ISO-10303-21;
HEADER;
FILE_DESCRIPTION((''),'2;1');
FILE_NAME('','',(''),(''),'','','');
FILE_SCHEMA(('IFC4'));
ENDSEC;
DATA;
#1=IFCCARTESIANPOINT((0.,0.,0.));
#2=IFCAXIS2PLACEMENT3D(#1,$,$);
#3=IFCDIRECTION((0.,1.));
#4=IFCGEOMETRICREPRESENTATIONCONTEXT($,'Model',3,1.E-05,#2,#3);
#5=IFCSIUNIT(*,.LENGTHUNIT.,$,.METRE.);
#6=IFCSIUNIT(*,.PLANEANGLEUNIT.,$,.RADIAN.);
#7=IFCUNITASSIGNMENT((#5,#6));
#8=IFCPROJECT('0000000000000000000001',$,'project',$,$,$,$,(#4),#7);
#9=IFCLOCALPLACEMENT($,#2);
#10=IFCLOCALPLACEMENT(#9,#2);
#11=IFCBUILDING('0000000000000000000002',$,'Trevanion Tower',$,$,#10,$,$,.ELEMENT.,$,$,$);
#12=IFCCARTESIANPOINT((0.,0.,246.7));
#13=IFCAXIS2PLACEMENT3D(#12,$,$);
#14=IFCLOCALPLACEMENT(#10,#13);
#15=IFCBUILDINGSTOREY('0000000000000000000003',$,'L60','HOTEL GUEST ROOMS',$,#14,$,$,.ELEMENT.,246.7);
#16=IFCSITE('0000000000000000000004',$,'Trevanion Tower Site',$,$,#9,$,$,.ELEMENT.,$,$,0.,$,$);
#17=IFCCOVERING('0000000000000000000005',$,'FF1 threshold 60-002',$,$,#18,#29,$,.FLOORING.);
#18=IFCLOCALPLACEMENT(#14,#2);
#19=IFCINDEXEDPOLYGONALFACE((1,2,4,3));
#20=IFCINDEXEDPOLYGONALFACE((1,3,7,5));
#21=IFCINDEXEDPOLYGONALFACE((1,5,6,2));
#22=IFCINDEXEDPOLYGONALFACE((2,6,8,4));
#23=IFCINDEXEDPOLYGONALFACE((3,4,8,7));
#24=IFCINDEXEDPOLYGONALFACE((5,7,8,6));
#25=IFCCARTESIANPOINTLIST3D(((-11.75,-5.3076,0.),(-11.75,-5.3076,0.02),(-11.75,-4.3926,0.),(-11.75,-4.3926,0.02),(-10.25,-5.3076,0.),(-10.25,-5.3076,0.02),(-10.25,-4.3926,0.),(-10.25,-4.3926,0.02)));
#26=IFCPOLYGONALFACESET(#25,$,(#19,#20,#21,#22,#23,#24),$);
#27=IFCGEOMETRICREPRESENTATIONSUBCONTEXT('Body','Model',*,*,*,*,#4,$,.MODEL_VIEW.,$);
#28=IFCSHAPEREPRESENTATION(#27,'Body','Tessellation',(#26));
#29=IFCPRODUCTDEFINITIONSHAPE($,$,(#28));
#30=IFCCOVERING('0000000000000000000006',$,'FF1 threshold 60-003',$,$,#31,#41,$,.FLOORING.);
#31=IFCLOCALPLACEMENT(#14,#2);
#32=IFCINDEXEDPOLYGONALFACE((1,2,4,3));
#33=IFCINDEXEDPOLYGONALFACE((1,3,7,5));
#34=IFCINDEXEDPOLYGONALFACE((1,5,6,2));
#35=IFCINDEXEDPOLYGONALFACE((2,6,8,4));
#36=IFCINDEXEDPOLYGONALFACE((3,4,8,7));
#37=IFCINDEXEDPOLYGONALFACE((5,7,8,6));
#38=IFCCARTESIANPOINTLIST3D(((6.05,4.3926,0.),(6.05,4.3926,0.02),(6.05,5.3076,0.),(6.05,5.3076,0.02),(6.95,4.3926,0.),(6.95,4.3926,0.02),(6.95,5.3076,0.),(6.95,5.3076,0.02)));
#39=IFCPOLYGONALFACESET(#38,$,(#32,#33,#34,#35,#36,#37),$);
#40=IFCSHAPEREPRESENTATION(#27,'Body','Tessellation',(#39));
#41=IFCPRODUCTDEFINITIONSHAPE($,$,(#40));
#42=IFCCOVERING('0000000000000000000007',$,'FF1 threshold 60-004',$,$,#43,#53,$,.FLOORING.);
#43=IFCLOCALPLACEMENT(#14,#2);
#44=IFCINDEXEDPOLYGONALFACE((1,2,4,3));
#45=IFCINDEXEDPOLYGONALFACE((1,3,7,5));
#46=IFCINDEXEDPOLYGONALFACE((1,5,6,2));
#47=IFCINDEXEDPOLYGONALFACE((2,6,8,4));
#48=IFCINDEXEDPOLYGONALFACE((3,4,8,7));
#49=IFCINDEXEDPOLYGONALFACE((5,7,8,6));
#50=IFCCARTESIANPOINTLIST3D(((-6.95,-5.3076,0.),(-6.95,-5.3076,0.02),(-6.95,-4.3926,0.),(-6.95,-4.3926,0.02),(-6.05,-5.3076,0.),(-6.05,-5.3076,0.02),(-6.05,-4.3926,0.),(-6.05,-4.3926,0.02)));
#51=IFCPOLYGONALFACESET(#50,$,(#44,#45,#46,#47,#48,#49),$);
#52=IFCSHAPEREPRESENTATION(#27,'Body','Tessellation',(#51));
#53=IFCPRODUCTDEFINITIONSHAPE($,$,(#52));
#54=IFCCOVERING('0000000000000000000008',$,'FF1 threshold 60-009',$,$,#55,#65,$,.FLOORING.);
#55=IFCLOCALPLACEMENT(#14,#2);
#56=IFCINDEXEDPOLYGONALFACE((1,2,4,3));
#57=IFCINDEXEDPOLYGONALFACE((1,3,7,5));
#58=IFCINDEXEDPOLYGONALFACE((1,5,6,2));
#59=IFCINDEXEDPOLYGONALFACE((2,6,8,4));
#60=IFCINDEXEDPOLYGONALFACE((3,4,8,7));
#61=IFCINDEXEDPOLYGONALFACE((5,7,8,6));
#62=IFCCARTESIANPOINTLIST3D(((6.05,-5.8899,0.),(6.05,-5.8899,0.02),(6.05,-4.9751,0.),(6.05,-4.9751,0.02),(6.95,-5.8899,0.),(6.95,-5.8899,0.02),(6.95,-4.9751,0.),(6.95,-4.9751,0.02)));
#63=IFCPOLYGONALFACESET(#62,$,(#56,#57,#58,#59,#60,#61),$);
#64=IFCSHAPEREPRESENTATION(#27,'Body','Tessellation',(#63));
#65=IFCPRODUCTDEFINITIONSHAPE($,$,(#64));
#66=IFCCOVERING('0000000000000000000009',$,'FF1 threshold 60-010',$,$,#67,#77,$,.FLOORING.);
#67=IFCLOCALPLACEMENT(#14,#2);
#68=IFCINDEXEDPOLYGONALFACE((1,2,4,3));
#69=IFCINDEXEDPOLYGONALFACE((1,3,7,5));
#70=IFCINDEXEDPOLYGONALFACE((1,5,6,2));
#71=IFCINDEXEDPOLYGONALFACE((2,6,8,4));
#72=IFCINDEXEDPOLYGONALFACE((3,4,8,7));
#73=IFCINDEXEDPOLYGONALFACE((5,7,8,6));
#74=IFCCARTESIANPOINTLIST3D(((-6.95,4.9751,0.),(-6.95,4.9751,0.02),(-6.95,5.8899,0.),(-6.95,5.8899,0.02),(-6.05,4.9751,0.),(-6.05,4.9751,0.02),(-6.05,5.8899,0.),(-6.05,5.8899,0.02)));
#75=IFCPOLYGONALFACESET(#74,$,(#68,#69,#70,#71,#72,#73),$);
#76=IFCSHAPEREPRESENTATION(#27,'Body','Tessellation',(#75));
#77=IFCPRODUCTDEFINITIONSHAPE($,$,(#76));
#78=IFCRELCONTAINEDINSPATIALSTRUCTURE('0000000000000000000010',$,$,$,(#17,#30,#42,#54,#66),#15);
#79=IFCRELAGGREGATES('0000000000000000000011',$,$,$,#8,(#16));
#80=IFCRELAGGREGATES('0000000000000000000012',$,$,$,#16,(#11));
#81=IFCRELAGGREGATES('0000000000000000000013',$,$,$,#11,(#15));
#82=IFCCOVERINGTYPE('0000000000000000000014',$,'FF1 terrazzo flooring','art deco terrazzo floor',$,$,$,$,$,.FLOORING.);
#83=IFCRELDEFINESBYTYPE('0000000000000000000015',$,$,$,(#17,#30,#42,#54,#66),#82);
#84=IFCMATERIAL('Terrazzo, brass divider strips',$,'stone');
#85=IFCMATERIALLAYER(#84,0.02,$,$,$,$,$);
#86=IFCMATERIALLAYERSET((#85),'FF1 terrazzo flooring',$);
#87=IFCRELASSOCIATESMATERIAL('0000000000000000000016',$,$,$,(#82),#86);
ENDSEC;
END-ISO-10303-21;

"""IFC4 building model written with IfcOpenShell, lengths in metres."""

from ifc_helpers import new_model, si_unit, direction, frame, origin, place, context, subcontext, project, spatial, polyline, outline, extrude, material, layer, layer_set, type_object, element, save


model = new_model("IFC4")

# Units and contexts
model_context = context("Model", 3, precision=1e-05, world=origin(), true_north=direction((0.0, 1.0)))
body_context = subcontext(model_context, "Body", "Model", "MODEL_VIEW")
ifc_project = project(units=[si_unit("LENGTHUNIT", "METRE"), si_unit("PLANEANGLEUNIT", "RADIAN")], contexts=[model_context])

# Site, building, storey
site_placement = place(None, origin())
site = spatial("IfcSite", under=ifc_project, at=site_placement, Name="Trevanion Tower Site", CompositionType="ELEMENT", RefElevation=0.0)
building_placement = place(site_placement, origin())
building = spatial("IfcBuilding", under=site, at=building_placement, Name="Trevanion Tower", CompositionType="ELEMENT")
storey_placement = place(building_placement, frame((0.0, 0.0, 246.7)))
storey = spatial("IfcBuildingStorey", under=building, at=storey_placement, Name="L60", Description="HOTEL GUEST ROOMS", CompositionType="ELEMENT", Elevation=246.7)

# Coverings
ifc_material_1 = material(Name="Terrazzo, brass divider strips", Category="stone")
ifc_layer_1 = layer(ifc_material_1, 0.02)
ifc_layer_set_1 = layer_set([ifc_layer_1], Name="FF1 terrazzo flooring")
covering_type = type_object("IfcCoveringType", Name="FF1 terrazzo flooring", Description="art deco terrazzo floor", PredefinedType="FLOORING", material=ifc_layer_set_1)
covering_1_placement = place(storey_placement, origin())
element("IfcCovering", 1, at=covering_1_placement, inside=storey, type_object=covering_type, Name="FF1 threshold 60-002", PredefinedType="FLOORING", context=body_context, shape_type="SweptSolid", body=[
    extrude(outline(polyline([(-11.75, -4.3926), (-11.75, -5.3076), (-10.25, -5.3076), (-10.25, -4.3926), (-11.75, -4.3926)])), origin(), (0.0, 0.0, 1.0), 0.02),
])
covering_2_placement = place(storey_placement, origin())
element("IfcCovering", 2, at=covering_2_placement, inside=storey, type_object=covering_type, Name="FF1 threshold 60-003", PredefinedType="FLOORING", context=body_context, shape_type="SweptSolid", body=[
    extrude(outline(polyline([(6.95, 4.3926), (6.95, 5.3076), (6.05, 5.3076), (6.05, 4.3926), (6.95, 4.3926)])), origin(), (0.0, 0.0, 1.0), 0.02),
])
covering_3_placement = place(storey_placement, origin())
element("IfcCovering", 3, at=covering_3_placement, inside=storey, type_object=covering_type, Name="FF1 threshold 60-004", PredefinedType="FLOORING", context=body_context, shape_type="SweptSolid", body=[
    extrude(outline(polyline([(-6.95, -4.3926), (-6.95, -5.3076), (-6.05, -5.3076), (-6.05, -4.3926), (-6.95, -4.3926)])), origin(), (0.0, 0.0, 1.0), 0.02),
])
covering_4_placement = place(storey_placement, origin())
element("IfcCovering", 4, at=covering_4_placement, inside=storey, type_object=covering_type, Name="FF1 threshold 60-009", PredefinedType="FLOORING", context=body_context, shape_type="SweptSolid", body=[
    extrude(outline(polyline([(6.95, -5.8899), (6.95, -4.9751), (6.05, -4.9751), (6.05, -5.8899), (6.95, -5.8899)])), origin(), (0.0, 0.0, 1.0), 0.02),
])
covering_5_placement = place(storey_placement, origin())
element("IfcCovering", 5, at=covering_5_placement, inside=storey, type_object=covering_type, Name="FF1 threshold 60-010", PredefinedType="FLOORING", context=body_context, shape_type="SweptSolid", body=[
    extrude(outline(polyline([(-6.95, 5.8899), (-6.95, 4.9751), (-6.05, 4.9751), (-6.05, 5.8899), (-6.95, 5.8899)])), origin(), (0.0, 0.0, 1.0), 0.02),
])

save(model, "model.ifc")
